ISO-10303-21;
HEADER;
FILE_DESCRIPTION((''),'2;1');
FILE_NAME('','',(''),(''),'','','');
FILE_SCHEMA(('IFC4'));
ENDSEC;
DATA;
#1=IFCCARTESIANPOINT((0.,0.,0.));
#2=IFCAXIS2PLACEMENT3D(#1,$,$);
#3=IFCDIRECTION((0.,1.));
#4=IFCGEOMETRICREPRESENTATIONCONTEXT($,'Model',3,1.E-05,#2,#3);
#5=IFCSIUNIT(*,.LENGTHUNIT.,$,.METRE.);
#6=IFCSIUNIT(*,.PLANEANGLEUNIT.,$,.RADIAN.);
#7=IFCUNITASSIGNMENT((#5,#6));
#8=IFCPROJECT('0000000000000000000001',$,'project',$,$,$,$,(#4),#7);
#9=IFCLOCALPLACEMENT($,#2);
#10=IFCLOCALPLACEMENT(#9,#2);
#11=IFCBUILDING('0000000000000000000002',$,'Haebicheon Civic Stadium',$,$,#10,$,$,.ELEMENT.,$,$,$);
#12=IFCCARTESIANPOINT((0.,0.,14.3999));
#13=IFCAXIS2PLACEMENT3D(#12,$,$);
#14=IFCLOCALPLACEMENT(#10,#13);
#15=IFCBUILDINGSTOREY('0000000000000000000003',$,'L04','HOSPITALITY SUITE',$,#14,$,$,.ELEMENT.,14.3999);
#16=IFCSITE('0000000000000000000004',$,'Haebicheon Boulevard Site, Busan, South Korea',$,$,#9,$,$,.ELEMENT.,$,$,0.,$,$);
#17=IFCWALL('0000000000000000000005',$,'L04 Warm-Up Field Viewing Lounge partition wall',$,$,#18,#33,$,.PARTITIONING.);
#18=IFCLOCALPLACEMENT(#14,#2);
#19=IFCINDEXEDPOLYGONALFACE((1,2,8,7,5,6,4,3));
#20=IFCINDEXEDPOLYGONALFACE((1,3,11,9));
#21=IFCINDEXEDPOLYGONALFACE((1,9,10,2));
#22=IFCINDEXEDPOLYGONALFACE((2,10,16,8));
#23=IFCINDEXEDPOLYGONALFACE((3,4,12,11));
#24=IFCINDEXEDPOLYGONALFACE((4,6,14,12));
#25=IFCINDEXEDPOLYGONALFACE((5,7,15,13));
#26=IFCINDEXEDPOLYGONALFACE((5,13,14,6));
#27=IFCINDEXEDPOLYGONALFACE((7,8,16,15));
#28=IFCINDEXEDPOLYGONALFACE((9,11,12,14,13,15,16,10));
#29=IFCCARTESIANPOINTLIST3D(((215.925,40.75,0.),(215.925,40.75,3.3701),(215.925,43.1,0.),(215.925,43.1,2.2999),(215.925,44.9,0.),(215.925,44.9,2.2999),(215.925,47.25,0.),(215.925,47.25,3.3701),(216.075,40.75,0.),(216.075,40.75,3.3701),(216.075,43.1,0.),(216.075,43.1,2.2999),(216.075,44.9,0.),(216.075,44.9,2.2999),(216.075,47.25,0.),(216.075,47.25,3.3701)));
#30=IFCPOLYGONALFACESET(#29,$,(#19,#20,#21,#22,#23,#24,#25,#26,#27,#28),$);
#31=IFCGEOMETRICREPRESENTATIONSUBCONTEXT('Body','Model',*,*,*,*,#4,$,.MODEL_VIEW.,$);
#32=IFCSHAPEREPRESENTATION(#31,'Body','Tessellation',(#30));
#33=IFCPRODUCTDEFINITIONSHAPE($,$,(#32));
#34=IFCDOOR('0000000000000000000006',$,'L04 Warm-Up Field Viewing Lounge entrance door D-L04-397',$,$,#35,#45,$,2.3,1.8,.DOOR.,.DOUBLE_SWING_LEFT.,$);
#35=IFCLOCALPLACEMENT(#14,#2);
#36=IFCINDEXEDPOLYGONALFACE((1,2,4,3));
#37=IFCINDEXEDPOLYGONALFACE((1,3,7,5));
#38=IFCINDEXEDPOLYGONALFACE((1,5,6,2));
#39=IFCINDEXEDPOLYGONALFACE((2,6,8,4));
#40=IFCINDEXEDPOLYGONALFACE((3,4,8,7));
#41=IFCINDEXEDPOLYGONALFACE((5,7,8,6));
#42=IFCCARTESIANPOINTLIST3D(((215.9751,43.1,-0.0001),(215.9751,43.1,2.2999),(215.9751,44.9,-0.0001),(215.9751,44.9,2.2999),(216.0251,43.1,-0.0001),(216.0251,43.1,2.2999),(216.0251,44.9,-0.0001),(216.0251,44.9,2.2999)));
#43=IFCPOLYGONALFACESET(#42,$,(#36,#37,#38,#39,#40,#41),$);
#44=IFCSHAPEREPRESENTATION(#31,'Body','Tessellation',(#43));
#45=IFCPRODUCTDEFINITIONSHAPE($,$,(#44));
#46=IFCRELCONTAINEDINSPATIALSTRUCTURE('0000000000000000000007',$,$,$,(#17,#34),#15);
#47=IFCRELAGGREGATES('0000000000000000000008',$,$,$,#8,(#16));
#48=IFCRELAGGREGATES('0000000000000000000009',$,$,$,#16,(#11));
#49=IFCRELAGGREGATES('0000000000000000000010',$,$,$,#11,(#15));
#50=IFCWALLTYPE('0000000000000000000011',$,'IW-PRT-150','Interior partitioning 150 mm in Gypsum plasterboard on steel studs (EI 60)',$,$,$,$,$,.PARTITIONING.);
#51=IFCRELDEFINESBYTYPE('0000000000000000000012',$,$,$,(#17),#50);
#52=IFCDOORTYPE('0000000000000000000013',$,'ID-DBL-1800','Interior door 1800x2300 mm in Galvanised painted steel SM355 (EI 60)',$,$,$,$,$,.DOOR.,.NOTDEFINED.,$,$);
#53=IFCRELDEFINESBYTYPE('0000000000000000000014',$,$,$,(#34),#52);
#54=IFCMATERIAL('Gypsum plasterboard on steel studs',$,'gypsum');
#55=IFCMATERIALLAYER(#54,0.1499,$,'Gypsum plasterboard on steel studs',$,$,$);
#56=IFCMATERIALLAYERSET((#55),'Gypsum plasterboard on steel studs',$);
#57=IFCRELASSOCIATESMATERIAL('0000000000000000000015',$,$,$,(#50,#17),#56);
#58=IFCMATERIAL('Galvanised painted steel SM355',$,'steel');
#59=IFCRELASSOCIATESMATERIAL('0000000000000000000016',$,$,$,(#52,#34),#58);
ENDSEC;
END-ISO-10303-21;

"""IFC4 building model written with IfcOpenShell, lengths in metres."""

from ifc_helpers import new_model, si_unit, direction, frame, frame_2d, origin, place, context, subcontext, project, spatial, rectangle, extrude, material, layer, layer_set, type_object, element, fill, save


model = new_model("IFC4")

# Units and contexts
model_context = context("Model", 3, precision=1e-05, world=origin(), true_north=direction((0.0, 1.0)))
body_context = subcontext(model_context, "Body", "Model", "MODEL_VIEW")
ifc_project = project(units=[si_unit("LENGTHUNIT", "METRE"), si_unit("PLANEANGLEUNIT", "RADIAN")], contexts=[model_context])

# Site, building, storey
site_placement = place(None, origin())
site = spatial("IfcSite", under=ifc_project, at=site_placement, Name="Haebicheon Boulevard Site, Busan, South Korea", CompositionType="ELEMENT", RefElevation=0.0)
building_placement = place(site_placement, origin())
building = spatial("IfcBuilding", under=site, at=building_placement, Name="Haebicheon Civic Stadium", CompositionType="ELEMENT")
storey_placement = place(building_placement, frame((0.0, 0.0, 14.3999)))
storey = spatial("IfcBuildingStorey", under=building, at=storey_placement, Name="L04", Description="HOSPITALITY SUITE", CompositionType="ELEMENT", Elevation=14.3999)

# Shared definitions
ifc_material_1 = material(Name="Gypsum plasterboard on steel studs", Category="gypsum")
ifc_layer_1 = layer(ifc_material_1, 0.1499, Name="Gypsum plasterboard on steel studs")
ifc_layer_set_1 = layer_set([ifc_layer_1], Name="Gypsum plasterboard on steel studs")
wall_type_1 = type_object("IfcWallType", Name="IW-PRT-150", Description="Interior partitioning 150 mm in Gypsum plasterboard on steel studs (EI 60)", PredefinedType="PARTITIONING", material=ifc_layer_set_1)

# Wall, opening, door
wall_1_placement = place(storey_placement, frame((216.0, 40.75, 0.0), z_axis=(0.0, 0.0, 1.0), x_axis=(0.0, 1.0, 0.0)))
wall_1 = element("IfcWall", 1, at=wall_1_placement, inside=storey, type_object=wall_type_1, material=ifc_layer_set_1, Name="L04 Warm-Up Field Viewing Lounge partition wall", PredefinedType="PARTITIONING", context=body_context, shape_type="SweptSolid", body=[
    extrude(rectangle(XDim=6.5, YDim=0.1499, at=frame_2d((3.25, 0.0))), origin(), (0.0, 0.0, 1.0), 3.3701),
])
opening_1_placement = place(wall_1_placement, frame((2.3501, 0.0, 0.0)))
opening_1 = element("IfcOpeningElement", 2, at=opening_1_placement, cuts=wall_1, PredefinedType="OPENING", context=body_context, shape_type="SweptSolid", body=[
    extrude(rectangle(XDim=1.8, YDim=2.3, at=frame_2d((0.8999, 1.1499))), frame((0.0, 0.085, 0.0), z_axis=(0.0, -1.0, 0.0), x_axis=(1.0, 0.0, 0.0)), (0.0, 0.0, 1.0), 0.1699),
])
ifc_material_2 = material(Name="Galvanised painted steel SM355", Category="steel")
door_type_1 = type_object("IfcDoorType", Name="ID-DBL-1800", Description="Interior door 1800x2300 mm in Galvanised painted steel SM355 (EI 60)", OperationType="NOTDEFINED", PredefinedType="DOOR", material=ifc_material_2)
door_1_placement = place(opening_1_placement, origin())
door_1 = element("IfcDoor", 3, at=door_1_placement, inside=storey, type_object=door_type_1, material=ifc_material_2, Name="L04 Warm-Up Field Viewing Lounge entrance door D-L04-397", OperationType="DOUBLE_SWING_LEFT", OverallHeight=2.3, OverallWidth=1.8, PredefinedType="DOOR", context=body_context, shape_type="SweptSolid", body=[
    extrude(rectangle(XDim=1.8, YDim=2.3, at=frame_2d((0.8999, 1.1499))), frame((0.0, 0.0249, 0.0), z_axis=(0.0, -1.0, 0.0), x_axis=(1.0, 0.0, 0.0)), (0.0, 0.0, 1.0), 0.05),
])
fill(opening_1, door_1)

save(model, "model.ifc")
